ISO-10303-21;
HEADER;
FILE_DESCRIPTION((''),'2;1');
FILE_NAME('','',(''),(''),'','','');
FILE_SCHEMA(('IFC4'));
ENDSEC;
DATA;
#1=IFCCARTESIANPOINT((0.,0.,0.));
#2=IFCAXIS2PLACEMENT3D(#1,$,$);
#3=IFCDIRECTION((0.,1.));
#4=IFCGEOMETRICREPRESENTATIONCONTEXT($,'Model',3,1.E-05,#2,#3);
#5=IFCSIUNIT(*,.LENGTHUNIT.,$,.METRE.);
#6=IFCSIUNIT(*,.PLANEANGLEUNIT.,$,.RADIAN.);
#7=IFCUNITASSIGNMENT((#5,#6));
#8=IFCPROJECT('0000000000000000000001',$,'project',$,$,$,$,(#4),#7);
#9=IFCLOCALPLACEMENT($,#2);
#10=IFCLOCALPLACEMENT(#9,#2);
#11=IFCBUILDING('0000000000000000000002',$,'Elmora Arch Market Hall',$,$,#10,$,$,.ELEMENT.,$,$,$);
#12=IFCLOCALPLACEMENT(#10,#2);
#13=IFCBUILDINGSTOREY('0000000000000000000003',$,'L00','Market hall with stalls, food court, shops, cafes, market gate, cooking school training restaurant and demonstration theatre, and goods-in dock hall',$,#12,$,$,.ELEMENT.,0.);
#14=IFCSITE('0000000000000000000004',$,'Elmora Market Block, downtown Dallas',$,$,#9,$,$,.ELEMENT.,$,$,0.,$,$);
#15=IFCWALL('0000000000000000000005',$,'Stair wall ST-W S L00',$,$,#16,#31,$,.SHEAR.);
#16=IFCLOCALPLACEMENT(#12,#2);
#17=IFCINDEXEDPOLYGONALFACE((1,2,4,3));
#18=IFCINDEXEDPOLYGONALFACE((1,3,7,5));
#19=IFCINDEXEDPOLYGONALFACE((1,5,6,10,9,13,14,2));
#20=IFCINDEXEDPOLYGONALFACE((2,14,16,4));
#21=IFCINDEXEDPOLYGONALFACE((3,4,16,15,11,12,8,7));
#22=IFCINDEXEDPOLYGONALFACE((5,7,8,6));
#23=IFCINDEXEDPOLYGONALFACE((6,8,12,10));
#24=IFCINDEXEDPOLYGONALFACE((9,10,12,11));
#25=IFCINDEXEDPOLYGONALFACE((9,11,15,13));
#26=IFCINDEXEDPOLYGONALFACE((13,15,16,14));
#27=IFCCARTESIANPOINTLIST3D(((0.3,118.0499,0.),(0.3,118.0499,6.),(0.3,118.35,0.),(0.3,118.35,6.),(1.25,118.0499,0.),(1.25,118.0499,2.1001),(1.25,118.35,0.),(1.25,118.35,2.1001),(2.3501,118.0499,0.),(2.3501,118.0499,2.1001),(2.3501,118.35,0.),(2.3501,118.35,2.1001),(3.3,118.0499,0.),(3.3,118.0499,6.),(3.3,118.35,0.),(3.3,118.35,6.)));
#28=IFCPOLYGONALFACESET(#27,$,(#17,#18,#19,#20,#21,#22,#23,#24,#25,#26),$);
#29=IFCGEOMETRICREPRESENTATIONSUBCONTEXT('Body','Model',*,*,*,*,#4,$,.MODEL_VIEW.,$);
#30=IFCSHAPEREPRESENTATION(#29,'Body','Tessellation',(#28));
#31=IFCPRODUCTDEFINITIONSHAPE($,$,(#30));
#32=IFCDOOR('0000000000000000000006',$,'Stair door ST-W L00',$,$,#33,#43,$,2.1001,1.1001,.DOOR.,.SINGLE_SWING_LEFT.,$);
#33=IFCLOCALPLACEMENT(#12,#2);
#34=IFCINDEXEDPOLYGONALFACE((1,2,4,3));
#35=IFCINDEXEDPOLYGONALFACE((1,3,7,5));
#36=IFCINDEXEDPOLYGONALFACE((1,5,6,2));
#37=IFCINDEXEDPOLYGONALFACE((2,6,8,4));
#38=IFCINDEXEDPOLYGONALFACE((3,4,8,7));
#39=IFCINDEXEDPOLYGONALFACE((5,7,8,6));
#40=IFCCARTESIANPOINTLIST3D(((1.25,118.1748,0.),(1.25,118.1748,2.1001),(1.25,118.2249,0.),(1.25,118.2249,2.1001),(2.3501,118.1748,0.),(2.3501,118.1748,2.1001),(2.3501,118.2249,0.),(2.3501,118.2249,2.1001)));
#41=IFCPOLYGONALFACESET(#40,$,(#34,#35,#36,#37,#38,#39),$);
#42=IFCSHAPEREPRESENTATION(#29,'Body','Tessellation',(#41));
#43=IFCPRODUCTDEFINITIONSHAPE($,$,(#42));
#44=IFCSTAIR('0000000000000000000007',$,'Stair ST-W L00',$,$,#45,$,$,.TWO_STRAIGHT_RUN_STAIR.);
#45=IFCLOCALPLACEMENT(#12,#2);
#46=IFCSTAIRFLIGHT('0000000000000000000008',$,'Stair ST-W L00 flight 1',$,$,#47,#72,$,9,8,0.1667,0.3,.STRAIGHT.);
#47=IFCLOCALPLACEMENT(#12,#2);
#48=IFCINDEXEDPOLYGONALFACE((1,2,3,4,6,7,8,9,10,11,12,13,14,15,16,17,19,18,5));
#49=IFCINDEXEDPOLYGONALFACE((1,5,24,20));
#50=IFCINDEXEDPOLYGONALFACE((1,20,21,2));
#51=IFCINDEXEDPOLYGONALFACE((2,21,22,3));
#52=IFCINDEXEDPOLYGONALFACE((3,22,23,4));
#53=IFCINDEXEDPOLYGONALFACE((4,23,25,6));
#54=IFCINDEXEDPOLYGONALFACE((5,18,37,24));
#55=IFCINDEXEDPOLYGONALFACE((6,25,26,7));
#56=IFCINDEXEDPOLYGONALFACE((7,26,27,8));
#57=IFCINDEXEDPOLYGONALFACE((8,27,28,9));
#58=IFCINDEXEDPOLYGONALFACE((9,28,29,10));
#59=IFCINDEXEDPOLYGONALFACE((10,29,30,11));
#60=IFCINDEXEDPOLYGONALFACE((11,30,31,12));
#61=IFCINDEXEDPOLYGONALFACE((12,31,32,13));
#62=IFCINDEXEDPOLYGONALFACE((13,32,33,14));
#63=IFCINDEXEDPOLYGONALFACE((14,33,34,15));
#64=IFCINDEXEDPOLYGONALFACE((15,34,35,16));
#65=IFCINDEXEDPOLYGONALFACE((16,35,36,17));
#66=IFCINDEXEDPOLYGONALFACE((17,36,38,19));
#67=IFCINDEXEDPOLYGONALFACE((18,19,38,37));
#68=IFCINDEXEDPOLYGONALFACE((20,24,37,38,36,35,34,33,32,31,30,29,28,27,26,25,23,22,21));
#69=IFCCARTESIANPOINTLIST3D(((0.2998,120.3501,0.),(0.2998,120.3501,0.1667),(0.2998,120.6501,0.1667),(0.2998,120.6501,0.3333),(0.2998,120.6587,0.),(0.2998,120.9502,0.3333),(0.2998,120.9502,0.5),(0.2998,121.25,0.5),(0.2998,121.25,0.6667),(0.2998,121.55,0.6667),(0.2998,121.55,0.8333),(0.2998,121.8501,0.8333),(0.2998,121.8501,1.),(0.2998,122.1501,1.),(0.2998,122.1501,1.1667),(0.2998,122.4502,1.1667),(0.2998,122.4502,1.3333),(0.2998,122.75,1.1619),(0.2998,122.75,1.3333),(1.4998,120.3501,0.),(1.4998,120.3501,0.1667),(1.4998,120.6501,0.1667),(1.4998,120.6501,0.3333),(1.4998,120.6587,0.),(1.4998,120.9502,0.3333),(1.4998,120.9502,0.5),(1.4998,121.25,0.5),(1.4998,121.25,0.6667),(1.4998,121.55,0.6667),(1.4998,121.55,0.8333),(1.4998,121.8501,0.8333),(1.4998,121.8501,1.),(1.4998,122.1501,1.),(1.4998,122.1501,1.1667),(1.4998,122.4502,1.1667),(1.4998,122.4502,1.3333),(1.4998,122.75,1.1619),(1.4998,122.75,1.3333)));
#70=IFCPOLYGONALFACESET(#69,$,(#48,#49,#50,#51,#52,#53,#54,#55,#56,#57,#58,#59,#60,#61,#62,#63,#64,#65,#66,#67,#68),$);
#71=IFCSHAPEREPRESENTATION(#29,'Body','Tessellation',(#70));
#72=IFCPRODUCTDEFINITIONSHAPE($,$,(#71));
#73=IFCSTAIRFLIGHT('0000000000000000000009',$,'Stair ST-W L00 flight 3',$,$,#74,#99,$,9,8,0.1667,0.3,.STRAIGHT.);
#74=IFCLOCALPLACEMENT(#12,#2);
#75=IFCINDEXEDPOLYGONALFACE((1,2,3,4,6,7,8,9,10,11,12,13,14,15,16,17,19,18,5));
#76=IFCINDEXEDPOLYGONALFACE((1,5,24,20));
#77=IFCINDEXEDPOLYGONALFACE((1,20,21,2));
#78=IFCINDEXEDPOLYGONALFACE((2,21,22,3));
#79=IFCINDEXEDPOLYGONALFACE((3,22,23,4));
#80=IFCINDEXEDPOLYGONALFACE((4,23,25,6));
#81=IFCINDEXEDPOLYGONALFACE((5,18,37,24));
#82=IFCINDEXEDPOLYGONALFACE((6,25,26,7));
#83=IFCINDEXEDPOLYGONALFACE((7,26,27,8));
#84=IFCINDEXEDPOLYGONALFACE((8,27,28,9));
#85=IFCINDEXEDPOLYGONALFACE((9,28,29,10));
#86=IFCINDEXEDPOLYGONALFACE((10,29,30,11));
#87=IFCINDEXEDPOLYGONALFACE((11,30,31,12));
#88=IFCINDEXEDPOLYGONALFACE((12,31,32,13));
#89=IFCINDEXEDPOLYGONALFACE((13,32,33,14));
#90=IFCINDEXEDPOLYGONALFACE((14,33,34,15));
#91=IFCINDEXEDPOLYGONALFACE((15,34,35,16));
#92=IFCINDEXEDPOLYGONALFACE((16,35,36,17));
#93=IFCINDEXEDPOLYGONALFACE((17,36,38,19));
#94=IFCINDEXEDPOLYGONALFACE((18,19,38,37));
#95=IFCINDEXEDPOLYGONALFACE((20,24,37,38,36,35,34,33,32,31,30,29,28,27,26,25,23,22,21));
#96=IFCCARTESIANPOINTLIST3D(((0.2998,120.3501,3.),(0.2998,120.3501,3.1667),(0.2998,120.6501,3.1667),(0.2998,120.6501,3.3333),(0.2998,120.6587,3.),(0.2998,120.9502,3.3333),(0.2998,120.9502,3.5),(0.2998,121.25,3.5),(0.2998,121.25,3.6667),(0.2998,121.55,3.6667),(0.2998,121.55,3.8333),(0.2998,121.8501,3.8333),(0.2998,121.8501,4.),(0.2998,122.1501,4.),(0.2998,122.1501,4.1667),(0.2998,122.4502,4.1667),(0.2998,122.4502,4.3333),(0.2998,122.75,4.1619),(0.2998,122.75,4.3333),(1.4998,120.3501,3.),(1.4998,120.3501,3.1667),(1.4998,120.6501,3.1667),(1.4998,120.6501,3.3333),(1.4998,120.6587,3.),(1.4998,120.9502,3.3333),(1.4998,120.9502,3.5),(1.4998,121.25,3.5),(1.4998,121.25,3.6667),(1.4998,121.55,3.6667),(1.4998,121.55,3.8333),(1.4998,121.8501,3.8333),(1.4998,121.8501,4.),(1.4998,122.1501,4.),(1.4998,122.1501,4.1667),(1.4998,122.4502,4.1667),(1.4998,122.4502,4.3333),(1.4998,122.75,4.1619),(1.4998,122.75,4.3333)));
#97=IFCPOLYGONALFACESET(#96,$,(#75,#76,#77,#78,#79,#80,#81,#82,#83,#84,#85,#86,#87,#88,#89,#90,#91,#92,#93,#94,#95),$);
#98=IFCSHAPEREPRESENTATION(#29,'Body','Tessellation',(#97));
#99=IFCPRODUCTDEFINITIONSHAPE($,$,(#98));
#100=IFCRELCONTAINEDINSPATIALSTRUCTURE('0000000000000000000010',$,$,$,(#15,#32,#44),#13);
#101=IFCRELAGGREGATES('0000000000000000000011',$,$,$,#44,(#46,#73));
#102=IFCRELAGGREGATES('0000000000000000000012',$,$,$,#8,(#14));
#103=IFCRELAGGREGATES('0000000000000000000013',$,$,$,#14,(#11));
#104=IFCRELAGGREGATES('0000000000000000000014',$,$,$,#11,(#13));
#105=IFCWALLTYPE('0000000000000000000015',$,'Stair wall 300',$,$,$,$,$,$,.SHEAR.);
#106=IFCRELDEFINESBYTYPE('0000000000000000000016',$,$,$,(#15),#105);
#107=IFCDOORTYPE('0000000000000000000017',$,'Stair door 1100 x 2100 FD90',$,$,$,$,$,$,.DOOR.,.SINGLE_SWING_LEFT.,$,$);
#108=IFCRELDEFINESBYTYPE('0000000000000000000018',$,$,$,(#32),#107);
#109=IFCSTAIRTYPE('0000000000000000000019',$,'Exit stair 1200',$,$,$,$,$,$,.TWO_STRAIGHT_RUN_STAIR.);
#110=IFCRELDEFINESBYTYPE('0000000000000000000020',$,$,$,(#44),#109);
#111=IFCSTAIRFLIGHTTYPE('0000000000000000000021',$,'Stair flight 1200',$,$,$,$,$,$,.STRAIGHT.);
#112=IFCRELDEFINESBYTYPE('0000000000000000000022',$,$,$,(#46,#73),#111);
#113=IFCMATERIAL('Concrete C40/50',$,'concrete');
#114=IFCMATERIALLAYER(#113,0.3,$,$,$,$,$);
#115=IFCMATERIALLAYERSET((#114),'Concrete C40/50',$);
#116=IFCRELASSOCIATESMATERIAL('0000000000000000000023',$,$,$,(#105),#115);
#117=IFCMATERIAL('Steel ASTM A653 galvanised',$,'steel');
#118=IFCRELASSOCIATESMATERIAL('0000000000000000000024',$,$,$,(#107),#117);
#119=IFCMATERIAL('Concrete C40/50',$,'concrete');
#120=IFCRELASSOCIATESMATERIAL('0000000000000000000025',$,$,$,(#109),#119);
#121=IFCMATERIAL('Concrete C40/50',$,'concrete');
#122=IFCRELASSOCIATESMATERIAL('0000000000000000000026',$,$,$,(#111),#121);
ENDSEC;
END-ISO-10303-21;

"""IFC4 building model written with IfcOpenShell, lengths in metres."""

from ifc_helpers import new_model, si_unit, direction, frame, frame_2d, origin, place, context, subcontext, project, spatial, polyline, rectangle, outline, extrude, material, layer, layer_set, type_object, element, fill, aggregate, save


model = new_model("IFC4")

# Units and contexts
model_context = context("Model", 3, precision=1e-05, world=origin(), true_north=direction((0.0, 1.0)))
body_context = subcontext(model_context, "Body", "Model", "MODEL_VIEW")
ifc_project = project(units=[si_unit("LENGTHUNIT", "METRE"), si_unit("PLANEANGLEUNIT", "RADIAN")], contexts=[model_context])

# Site, building, storey
site_placement = place(None, origin())
site = spatial("IfcSite", under=ifc_project, at=site_placement, Name="Elmora Market Block, downtown Dallas", CompositionType="ELEMENT", RefElevation=0.0)
building_placement = place(site_placement, origin())
building = spatial("IfcBuilding", under=site, at=building_placement, Name="Elmora Arch Market Hall", CompositionType="ELEMENT")
storey_placement = place(building_placement, origin())
storey = spatial("IfcBuildingStorey", under=building, at=storey_placement, Name="L00", Description="Market hall with stalls, food court, shops, cafes, market gate, cooking school training restaurant and demonstration theatre, and goods-in dock hall", CompositionType="ELEMENT", Elevation=0.0)

# Shared definitions
ifc_material_1 = material(Name="Concrete C40/50", Category="concrete")
ifc_layer_1 = layer(ifc_material_1, 0.3)
ifc_layer_set_1 = layer_set([ifc_layer_1], Name="Concrete C40/50")
wall_type_1 = type_object("IfcWallType", Name="Stair wall 300", PredefinedType="SHEAR", material=ifc_layer_set_1)

# Wall, opening, door
wall_1_placement = place(storey_placement, frame((0.3, 118.2, 0.0), z_axis=(0.0, 0.0, 1.0), x_axis=(1.0, 0.0, 0.0)))
wall_1 = element("IfcWall", 1, at=wall_1_placement, inside=storey, type_object=wall_type_1, Name="Stair wall ST-W S L00", PredefinedType="SHEAR", context=body_context, shape_type="SweptSolid", body=[
    extrude(rectangle(XDim=3.0, YDim=0.3, at=frame_2d((1.5, 0.0))), origin(), (0.0, 0.0, 1.0), 6.0),
])
opening_1_placement = place(wall_1_placement, frame((0.95, 0.0, 0.0)))
opening_1 = element("IfcOpeningElement", 2, at=opening_1_placement, cuts=wall_1, PredefinedType="OPENING", context=body_context, shape_type="SweptSolid", body=[
    extrude(rectangle(XDim=1.1001, YDim=2.1001, at=frame_2d((0.55, 1.05))), frame((0.0, 0.1599, 0.0), z_axis=(0.0, -1.0, 0.0), x_axis=(1.0, 0.0, 0.0)), (0.0, 0.0, 1.0), 0.3201),
])
ifc_material_2 = material(Name="Steel ASTM A653 galvanised", Category="steel")
door_type_1 = type_object("IfcDoorType", Name="Stair door 1100 x 2100 FD90", OperationType="SINGLE_SWING_LEFT", PredefinedType="DOOR", material=ifc_material_2)
door_1_placement = place(opening_1_placement, origin())
door_1 = element("IfcDoor", 3, at=door_1_placement, inside=storey, type_object=door_type_1, Name="Stair door ST-W L00", OperationType="SINGLE_SWING_LEFT", OverallHeight=2.1001, OverallWidth=1.1001, PredefinedType="DOOR", context=body_context, shape_type="SweptSolid", body=[
    extrude(rectangle(XDim=1.1001, YDim=2.1001, at=frame_2d((0.55, 1.05))), frame((0.0, 0.0249, 0.0), z_axis=(0.0, -1.0, 0.0), x_axis=(1.0, 0.0, 0.0)), (0.0, 0.0, 1.0), 0.05),
])
fill(opening_1, door_1)

# Stair, stair flights
ifc_material_3 = material(Name="Concrete C40/50", Category="concrete")
stair_type = type_object("IfcStairType", Name="Exit stair 1200", PredefinedType="TWO_STRAIGHT_RUN_STAIR", material=ifc_material_3)
stair_placement = place(storey_placement, origin())
stair = element("IfcStair", 4, at=stair_placement, inside=storey, type_object=stair_type, Name="Stair ST-W L00", PredefinedType="TWO_STRAIGHT_RUN_STAIR")
ifc_material_4 = material(Name="Concrete C40/50", Category="concrete")
stair_flight_type = type_object("IfcStairFlightType", Name="Stair flight 1200", PredefinedType="STRAIGHT", material=ifc_material_4)
stair_flight_1_placement = place(storey_placement, frame((0.8999, 120.3501, 0.0), z_axis=(0.0, 0.0, 1.0), x_axis=(0.0, 1.0, 0.0)))
stair_flight_1 = element("IfcStairFlight", 5, at=stair_flight_1_placement, type_object=stair_flight_type, Name="Stair ST-W L00 flight 1", NumberOfRisers=9, NumberOfTreads=8, PredefinedType="STRAIGHT", RiserHeight=0.1667, TreadLength=0.3, context=body_context, shape_type="SweptSolid", body=[
    extrude(outline(polyline([(0.0, 0.0), (0.0, 0.1667), (0.3, 0.1667), (0.3, 0.3333), (0.6001, 0.3333), (0.6001, 0.5), (0.8999, 0.5), (0.8999, 0.6667), (1.2, 0.6667), (1.2, 0.8333), (1.5, 0.8333), (1.5, 1.0), (1.8, 1.0), (1.8, 1.1667), (2.1001, 1.1667), (2.1001, 1.3333), (2.3999, 1.3333), (2.3999, 1.5), (2.3999, 1.1619), (0.3086, 0.0), (0.0, 0.0)])), frame((0.0, 0.6001, 0.0), z_axis=(0.0, -1.0, 0.0), x_axis=(1.0, 0.0, 0.0)), (0.0, 0.0, 1.0), 1.2),
])
stair_flight_2_placement = place(storey_placement, frame((0.8999, 120.3501, 3.0), z_axis=(0.0, 0.0, 1.0), x_axis=(0.0, 1.0, 0.0)))
stair_flight_2 = element("IfcStairFlight", 6, at=stair_flight_2_placement, type_object=stair_flight_type, Name="Stair ST-W L00 flight 3", NumberOfRisers=9, NumberOfTreads=8, PredefinedType="STRAIGHT", RiserHeight=0.1667, TreadLength=0.3, context=body_context, shape_type="SweptSolid", body=[
    extrude(outline(polyline([(0.0, 0.0), (0.0, 0.1667), (0.3, 0.1667), (0.3, 0.3333), (0.6001, 0.3333), (0.6001, 0.5), (0.8999, 0.5), (0.8999, 0.6667), (1.2, 0.6667), (1.2, 0.8333), (1.5, 0.8333), (1.5, 1.0), (1.8, 1.0), (1.8, 1.1667), (2.1001, 1.1667), (2.1001, 1.3333), (2.3999, 1.3333), (2.3999, 1.5), (2.3999, 1.1619), (0.3086, 0.0), (0.0, 0.0)])), frame((0.0, 0.6001, 0.0), z_axis=(0.0, -1.0, 0.0), x_axis=(1.0, 0.0, 0.0)), (0.0, 0.0, 1.0), 1.2),
])
aggregate(stair, [stair_flight_1, stair_flight_2])

save(model, "model.ifc")
